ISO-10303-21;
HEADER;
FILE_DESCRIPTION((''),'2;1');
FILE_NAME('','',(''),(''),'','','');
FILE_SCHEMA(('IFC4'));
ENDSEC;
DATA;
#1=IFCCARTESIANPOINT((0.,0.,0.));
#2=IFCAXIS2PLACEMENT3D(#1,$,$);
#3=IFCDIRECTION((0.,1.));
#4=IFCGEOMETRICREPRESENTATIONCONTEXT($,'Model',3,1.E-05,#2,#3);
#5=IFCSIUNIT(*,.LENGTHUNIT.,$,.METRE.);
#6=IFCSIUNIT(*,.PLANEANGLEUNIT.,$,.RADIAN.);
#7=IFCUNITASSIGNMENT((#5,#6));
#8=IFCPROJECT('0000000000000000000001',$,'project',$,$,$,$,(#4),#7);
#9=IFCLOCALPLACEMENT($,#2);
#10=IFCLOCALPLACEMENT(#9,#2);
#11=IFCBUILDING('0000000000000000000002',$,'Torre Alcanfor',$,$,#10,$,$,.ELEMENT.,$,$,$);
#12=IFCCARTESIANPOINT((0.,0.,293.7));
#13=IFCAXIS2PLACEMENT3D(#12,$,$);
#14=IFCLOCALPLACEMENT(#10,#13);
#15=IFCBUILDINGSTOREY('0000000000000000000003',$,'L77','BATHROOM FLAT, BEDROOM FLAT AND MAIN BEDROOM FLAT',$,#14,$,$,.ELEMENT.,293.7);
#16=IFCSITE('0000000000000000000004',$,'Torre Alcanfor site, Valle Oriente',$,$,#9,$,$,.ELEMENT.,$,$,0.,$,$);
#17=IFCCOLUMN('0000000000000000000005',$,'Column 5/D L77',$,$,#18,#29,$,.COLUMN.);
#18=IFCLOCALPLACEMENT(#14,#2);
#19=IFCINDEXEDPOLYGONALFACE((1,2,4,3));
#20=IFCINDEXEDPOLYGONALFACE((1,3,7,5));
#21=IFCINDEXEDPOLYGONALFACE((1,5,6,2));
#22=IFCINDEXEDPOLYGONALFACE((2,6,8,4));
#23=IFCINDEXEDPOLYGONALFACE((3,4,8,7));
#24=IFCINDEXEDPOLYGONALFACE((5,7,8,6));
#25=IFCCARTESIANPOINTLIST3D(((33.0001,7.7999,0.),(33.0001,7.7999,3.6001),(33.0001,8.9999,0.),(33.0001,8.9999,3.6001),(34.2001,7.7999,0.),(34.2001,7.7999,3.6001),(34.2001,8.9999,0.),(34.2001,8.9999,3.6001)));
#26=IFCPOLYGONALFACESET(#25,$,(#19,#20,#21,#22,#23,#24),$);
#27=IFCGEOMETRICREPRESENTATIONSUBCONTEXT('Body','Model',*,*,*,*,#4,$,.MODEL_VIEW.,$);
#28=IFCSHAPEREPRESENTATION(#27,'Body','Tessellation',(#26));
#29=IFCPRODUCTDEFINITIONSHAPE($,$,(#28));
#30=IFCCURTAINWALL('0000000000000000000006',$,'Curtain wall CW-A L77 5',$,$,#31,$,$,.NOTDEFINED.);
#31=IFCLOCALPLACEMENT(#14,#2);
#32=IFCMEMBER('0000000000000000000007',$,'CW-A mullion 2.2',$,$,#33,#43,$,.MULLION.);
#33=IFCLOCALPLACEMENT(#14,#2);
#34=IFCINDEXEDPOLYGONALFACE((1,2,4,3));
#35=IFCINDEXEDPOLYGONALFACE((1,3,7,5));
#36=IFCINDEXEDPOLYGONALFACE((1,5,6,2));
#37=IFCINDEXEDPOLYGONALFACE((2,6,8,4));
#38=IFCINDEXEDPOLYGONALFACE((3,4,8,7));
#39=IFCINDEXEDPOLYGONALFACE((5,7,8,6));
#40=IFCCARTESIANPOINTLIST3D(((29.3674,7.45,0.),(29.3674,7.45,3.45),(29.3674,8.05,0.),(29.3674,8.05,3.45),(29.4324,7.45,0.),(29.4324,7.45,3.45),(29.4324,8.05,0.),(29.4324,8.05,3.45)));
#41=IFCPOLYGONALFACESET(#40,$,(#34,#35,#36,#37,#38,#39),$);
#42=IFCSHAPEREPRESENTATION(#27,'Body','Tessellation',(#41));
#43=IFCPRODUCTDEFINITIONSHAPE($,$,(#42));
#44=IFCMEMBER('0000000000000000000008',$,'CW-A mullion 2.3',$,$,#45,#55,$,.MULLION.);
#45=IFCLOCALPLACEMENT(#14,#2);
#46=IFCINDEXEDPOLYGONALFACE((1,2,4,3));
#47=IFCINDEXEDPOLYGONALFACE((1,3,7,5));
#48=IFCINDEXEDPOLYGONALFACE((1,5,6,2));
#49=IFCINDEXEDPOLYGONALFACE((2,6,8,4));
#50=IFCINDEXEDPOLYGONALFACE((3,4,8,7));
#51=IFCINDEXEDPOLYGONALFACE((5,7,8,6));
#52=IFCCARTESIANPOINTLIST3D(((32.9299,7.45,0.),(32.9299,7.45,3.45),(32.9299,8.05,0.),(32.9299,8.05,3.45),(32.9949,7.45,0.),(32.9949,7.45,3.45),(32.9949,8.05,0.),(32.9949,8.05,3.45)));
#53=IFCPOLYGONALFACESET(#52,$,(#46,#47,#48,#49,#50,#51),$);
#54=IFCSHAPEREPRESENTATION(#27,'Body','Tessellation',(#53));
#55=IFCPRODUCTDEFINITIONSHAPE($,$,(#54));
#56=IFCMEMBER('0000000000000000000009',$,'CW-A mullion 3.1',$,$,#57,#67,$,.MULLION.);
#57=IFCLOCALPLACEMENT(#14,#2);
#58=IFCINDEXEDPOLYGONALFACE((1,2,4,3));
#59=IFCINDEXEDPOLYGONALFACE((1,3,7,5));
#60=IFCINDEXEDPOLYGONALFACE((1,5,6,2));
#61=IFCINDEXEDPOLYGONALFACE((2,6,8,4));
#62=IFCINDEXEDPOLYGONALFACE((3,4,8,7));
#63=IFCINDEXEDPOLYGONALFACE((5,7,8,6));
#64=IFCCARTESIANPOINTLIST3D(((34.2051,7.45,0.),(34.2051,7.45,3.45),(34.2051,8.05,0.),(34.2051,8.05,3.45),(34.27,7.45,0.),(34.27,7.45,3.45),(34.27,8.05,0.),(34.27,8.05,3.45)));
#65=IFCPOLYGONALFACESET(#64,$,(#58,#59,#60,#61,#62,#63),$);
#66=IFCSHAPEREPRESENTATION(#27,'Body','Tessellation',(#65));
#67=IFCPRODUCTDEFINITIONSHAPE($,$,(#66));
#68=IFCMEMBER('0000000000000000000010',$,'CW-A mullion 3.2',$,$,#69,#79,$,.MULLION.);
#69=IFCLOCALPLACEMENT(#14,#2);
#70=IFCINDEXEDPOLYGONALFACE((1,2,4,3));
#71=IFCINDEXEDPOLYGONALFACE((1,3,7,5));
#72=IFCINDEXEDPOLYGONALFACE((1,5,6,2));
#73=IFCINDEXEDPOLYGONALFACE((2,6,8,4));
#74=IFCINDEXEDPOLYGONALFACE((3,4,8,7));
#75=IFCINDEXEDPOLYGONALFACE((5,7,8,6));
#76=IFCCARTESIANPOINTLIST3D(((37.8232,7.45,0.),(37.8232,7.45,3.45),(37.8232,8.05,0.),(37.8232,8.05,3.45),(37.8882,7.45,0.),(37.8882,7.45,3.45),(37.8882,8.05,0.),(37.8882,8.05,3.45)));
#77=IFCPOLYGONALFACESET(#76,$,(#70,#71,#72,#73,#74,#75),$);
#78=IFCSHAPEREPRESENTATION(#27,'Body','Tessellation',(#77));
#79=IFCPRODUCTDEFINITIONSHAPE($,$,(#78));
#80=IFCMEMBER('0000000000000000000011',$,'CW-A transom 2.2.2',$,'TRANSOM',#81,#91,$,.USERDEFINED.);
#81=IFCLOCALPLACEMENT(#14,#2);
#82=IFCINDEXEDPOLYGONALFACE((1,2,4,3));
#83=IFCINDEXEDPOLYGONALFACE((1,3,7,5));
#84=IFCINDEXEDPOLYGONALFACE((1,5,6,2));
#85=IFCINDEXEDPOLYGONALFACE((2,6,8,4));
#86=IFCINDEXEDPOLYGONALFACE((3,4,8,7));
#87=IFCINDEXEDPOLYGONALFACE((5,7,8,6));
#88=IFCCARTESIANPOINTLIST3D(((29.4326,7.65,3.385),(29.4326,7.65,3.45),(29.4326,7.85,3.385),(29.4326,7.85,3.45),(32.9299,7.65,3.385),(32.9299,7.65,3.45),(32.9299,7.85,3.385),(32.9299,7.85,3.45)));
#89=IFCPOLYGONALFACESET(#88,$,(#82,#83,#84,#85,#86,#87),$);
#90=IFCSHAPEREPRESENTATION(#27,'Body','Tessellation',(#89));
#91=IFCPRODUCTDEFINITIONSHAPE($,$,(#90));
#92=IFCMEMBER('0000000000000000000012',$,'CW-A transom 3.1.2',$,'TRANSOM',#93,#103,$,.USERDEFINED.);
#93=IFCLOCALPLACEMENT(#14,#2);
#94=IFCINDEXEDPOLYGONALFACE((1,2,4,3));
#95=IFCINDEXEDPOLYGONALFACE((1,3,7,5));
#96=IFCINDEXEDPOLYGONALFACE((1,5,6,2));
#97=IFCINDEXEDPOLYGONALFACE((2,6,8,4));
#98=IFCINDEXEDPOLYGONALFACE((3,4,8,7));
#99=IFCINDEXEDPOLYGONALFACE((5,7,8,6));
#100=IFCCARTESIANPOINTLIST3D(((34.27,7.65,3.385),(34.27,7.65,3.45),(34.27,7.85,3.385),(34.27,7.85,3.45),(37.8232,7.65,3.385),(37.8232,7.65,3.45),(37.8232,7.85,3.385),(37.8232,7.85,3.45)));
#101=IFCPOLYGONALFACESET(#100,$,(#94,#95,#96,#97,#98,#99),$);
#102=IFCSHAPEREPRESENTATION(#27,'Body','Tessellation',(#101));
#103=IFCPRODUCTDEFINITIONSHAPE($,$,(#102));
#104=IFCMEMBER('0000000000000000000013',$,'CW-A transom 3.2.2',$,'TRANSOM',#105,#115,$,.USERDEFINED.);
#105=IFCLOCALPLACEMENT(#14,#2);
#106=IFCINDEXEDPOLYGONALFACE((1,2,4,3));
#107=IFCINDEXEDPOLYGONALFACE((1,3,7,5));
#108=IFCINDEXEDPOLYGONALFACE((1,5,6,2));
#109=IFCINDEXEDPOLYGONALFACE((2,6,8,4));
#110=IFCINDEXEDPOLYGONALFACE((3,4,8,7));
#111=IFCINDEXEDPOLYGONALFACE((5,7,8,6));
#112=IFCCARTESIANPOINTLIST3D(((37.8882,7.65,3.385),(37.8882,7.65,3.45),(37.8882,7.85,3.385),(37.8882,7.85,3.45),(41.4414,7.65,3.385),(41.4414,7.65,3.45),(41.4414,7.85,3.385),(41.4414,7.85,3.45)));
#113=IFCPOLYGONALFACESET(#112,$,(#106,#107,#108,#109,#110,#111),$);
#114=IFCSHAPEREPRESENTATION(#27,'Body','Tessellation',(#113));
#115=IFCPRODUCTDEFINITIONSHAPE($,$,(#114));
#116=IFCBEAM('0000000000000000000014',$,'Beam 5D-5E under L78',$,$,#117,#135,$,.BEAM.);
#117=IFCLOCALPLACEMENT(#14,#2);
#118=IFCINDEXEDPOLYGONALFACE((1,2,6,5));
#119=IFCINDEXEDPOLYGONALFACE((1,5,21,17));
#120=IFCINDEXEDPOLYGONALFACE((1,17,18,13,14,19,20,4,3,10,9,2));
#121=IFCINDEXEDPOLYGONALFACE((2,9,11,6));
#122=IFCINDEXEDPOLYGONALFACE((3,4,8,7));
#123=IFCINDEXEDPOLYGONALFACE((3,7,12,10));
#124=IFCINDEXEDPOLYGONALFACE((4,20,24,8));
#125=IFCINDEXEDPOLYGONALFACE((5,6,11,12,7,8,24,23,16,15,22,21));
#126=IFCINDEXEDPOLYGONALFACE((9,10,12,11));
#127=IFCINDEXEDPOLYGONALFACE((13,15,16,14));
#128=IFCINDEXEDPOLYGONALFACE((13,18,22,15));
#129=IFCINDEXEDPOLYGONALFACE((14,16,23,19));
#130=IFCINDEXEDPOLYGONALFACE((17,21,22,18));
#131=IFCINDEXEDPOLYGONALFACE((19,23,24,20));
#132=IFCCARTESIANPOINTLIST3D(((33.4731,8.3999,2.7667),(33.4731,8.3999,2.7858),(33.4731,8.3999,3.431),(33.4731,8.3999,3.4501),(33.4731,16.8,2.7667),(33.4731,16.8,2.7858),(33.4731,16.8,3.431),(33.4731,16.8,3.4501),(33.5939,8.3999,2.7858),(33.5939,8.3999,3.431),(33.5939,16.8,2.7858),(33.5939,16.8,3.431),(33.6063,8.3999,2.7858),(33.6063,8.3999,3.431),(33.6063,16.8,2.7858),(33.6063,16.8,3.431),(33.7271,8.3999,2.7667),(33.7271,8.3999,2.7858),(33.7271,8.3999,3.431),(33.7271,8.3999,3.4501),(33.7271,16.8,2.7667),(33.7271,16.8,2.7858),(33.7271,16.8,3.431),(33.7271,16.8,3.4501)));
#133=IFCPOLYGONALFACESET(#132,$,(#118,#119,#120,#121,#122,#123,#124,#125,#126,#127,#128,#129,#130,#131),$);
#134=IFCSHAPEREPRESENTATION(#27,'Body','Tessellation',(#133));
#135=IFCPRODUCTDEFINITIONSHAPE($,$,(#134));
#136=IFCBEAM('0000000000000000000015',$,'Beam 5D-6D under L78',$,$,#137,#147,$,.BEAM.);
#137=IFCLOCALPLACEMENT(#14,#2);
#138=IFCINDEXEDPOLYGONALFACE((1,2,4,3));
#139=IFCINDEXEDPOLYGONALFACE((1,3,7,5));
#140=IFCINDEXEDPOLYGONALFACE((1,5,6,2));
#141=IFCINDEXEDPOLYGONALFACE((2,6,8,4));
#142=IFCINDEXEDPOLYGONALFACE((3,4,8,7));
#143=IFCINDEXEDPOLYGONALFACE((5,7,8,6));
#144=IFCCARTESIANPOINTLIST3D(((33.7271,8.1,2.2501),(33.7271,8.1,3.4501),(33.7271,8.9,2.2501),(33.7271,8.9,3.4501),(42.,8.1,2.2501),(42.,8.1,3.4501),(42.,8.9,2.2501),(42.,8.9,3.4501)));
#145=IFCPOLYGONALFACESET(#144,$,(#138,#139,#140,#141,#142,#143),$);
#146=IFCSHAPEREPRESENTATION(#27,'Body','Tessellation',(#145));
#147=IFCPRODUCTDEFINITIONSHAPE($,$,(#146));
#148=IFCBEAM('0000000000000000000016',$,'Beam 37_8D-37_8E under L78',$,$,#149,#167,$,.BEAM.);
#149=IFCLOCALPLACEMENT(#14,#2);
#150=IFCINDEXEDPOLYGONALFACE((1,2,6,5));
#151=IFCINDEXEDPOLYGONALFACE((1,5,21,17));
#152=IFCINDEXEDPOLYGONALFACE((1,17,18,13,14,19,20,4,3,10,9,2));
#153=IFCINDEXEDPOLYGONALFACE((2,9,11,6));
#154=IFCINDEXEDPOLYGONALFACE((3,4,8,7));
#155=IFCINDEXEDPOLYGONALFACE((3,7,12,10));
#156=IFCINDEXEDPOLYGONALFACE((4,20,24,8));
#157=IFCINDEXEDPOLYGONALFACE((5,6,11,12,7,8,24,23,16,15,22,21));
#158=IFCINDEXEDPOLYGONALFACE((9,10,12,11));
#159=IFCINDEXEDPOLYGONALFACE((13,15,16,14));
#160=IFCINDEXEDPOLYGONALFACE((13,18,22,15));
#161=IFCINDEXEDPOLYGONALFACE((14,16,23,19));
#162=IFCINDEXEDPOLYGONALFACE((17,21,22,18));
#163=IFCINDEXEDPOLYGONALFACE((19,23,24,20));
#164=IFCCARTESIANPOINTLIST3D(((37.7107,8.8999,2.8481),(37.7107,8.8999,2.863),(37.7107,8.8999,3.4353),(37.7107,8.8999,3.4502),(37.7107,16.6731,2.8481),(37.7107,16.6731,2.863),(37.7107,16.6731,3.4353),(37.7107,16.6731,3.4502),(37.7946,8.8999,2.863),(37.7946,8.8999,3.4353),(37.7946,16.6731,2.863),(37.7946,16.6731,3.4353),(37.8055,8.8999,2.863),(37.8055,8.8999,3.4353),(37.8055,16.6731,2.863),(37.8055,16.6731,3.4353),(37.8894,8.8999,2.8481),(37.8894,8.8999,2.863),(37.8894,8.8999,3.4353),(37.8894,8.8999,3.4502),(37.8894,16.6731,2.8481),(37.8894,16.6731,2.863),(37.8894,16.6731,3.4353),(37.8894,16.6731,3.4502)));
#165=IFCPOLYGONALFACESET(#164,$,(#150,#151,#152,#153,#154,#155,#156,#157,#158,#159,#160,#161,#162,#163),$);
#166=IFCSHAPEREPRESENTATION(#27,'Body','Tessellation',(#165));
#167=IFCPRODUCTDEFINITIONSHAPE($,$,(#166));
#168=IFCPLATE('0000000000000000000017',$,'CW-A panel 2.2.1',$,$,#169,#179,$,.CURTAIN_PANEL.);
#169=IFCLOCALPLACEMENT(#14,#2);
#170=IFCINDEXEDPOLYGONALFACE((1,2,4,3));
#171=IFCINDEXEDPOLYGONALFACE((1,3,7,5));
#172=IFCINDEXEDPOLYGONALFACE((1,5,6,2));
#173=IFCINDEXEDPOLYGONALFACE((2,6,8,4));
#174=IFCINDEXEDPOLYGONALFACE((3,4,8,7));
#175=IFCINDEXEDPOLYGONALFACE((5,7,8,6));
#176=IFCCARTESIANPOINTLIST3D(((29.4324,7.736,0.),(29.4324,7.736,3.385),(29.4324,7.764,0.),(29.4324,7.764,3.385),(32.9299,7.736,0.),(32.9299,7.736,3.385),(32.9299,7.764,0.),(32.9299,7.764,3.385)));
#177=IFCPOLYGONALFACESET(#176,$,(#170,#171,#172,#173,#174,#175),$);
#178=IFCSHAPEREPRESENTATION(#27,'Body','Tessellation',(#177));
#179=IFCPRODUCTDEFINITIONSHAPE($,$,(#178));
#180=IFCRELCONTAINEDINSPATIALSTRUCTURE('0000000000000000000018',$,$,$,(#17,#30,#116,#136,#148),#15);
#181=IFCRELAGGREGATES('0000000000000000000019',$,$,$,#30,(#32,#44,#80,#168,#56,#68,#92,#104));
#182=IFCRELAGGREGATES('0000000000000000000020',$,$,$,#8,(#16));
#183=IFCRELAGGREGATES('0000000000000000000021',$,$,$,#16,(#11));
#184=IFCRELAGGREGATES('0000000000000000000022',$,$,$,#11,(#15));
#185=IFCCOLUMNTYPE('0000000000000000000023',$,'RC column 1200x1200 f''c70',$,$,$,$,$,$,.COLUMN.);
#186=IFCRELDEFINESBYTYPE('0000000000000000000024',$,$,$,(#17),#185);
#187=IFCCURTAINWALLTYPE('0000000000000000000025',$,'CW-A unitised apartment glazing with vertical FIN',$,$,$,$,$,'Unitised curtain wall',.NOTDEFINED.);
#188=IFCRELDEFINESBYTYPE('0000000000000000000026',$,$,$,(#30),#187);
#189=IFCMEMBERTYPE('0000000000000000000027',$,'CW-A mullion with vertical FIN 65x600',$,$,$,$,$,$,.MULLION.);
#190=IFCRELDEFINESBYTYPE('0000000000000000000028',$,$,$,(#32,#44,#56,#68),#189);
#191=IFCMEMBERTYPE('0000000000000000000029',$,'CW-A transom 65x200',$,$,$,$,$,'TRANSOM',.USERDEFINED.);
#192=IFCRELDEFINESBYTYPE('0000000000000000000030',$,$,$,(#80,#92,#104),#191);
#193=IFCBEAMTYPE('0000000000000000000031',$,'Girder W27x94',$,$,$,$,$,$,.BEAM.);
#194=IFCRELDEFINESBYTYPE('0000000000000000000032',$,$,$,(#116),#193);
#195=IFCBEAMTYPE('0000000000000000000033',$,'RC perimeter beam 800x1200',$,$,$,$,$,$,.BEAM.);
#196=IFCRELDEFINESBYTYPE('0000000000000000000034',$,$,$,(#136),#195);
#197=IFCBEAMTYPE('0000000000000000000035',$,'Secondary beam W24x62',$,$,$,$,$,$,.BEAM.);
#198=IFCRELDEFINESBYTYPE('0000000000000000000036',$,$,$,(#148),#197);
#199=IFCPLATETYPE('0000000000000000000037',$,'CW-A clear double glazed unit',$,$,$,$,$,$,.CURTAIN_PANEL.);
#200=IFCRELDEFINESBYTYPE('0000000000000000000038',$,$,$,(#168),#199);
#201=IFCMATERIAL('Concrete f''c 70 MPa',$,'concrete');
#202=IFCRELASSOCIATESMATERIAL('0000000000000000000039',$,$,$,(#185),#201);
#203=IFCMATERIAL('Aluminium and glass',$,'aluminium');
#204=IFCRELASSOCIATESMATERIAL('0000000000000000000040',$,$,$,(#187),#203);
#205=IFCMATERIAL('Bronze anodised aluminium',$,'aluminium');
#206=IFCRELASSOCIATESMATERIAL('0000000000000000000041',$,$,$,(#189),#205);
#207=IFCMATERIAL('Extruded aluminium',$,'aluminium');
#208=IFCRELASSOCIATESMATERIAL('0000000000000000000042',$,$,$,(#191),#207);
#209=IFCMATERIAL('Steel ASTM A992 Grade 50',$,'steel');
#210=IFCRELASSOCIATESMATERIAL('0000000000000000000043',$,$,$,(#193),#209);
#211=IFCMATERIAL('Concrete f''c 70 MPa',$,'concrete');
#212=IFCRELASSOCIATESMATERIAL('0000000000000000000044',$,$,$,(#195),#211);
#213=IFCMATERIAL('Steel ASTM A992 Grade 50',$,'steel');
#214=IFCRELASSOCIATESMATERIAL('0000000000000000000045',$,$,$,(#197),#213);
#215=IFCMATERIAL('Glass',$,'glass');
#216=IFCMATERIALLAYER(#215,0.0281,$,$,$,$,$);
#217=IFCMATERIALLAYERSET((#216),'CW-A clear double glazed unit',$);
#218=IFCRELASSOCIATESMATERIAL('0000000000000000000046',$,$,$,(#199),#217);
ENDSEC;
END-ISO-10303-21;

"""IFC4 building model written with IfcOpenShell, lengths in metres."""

from ifc_helpers import new_model, si_unit, direction, frame, origin, origin_2d, place, context, subcontext, project, spatial, rectangle, i_section, extrude, material, layer, layer_set, material_profile, profile_set, type_object, element, aggregate, save


model = new_model("IFC4")

# Units and contexts
model_context = context("Model", 3, precision=1e-05, world=origin(), true_north=direction((0.0, 1.0)))
body_context = subcontext(model_context, "Body", "Model", "MODEL_VIEW")
ifc_project = project(units=[si_unit("LENGTHUNIT", "METRE"), si_unit("PLANEANGLEUNIT", "RADIAN")], contexts=[model_context])

# Site, building, storey
site_placement = place(None, origin())
site = spatial("IfcSite", under=ifc_project, at=site_placement, Name="Torre Alcanfor site, Valle Oriente", CompositionType="ELEMENT", RefElevation=0.0)
building_placement = place(site_placement, origin())
building = spatial("IfcBuilding", under=site, at=building_placement, Name="Torre Alcanfor", CompositionType="ELEMENT")
storey_placement = place(building_placement, frame((0.0, 0.0, 293.7)))
storey = spatial("IfcBuildingStorey", under=building, at=storey_placement, Name="L77", Description="BATHROOM FLAT, BEDROOM FLAT AND MAIN BEDROOM FLAT", CompositionType="ELEMENT", Elevation=293.7)

# Column
ifc_material_1 = material(Name="Concrete f'c 70 MPa", Category="concrete")
ifc_material_profile_1 = material_profile(ifc_material_1, rectangle(XDim=1.2, YDim=1.2, at=origin_2d()), Name="1200x1200")
ifc_profile_set_1 = profile_set([ifc_material_profile_1], Name="Concrete f'c 70 MPa")
column_type = type_object("IfcColumnType", Name="RC column 1200x1200 f'c70", PredefinedType="COLUMN", material=ifc_profile_set_1)
column_placement = place(storey_placement, frame((33.6001, 8.3999, 0.0), z_axis=(0.0, 0.0, 1.0), x_axis=(1.0, 0.0, 0.0)))
element("IfcColumn", 1, at=column_placement, inside=storey, type_object=column_type, Name="Column 5/D L77", PredefinedType="COLUMN", context=body_context, shape_type="SweptSolid", body=[
    extrude(rectangle(XDim=1.2, YDim=1.2, at=origin_2d()), origin(), (0.0, 0.0, 1.0), 3.6001),
])

# Curtain wall, members
ifc_material_2 = material(Name="Aluminium and glass", Category="aluminium")
curtain_wall_type = type_object("IfcCurtainWallType", Name="CW-A unitised apartment glazing with vertical FIN", ElementType="Unitised curtain wall", PredefinedType="NOTDEFINED", material=ifc_material_2)
curtain_wall_placement = place(storey_placement, origin())
curtain_wall = element("IfcCurtainWall", 2, at=curtain_wall_placement, inside=storey, type_object=curtain_wall_type, Name="Curtain wall CW-A L77 5", PredefinedType="NOTDEFINED")
ifc_material_3 = material(Name="Bronze anodised aluminium", Category="aluminium")
ifc_material_profile_2 = material_profile(ifc_material_3, rectangle(XDim=0.6001, YDim=0.0649, at=origin_2d()), Name="CW-A mullion 65x600")
ifc_profile_set_2 = profile_set([ifc_material_profile_2], Name="Bronze anodised aluminium")
member_type_1 = type_object("IfcMemberType", Name="CW-A mullion with vertical FIN 65x600", PredefinedType="MULLION", material=ifc_profile_set_2)
member_1_placement = place(storey_placement, frame((29.3999, 7.75, 0.0), z_axis=(0.0, 0.0, 1.0), x_axis=(0.0, 1.0, 0.0)))
member_1 = element("IfcMember", 3, at=member_1_placement, type_object=member_type_1, Name="CW-A mullion 2.2", PredefinedType="MULLION", context=body_context, shape_type="SweptSolid", body=[
    extrude(rectangle(XDim=0.6001, YDim=0.0649, at=origin_2d()), origin(), (0.0, 0.0, 1.0), 3.45),
])
member_2_placement = place(storey_placement, frame((32.9624, 7.75, 0.0), z_axis=(0.0, 0.0, 1.0), x_axis=(0.0, 1.0, 0.0)))
member_2 = element("IfcMember", 4, at=member_2_placement, type_object=member_type_1, Name="CW-A mullion 2.3", PredefinedType="MULLION", context=body_context, shape_type="SweptSolid", body=[
    extrude(rectangle(XDim=0.6001, YDim=0.0649, at=origin_2d()), origin(), (0.0, 0.0, 1.0), 3.45),
])
member_3_placement = place(storey_placement, frame((34.2375, 7.75, 0.0), z_axis=(0.0, 0.0, 1.0), x_axis=(0.0, 1.0, 0.0)))
member_3 = element("IfcMember", 5, at=member_3_placement, type_object=member_type_1, Name="CW-A mullion 3.1", PredefinedType="MULLION", context=body_context, shape_type="SweptSolid", body=[
    extrude(rectangle(XDim=0.6001, YDim=0.0649, at=origin_2d()), origin(), (0.0, 0.0, 1.0), 3.45),
])
member_4_placement = place(storey_placement, frame((37.8557, 7.75, 0.0), z_axis=(0.0, 0.0, 1.0), x_axis=(0.0, 1.0, 0.0)))
member_4 = element("IfcMember", 6, at=member_4_placement, type_object=member_type_1, Name="CW-A mullion 3.2", PredefinedType="MULLION", context=body_context, shape_type="SweptSolid", body=[
    extrude(rectangle(XDim=0.6001, YDim=0.0649, at=origin_2d()), origin(), (0.0, 0.0, 1.0), 3.45),
])
ifc_material_4 = material(Name="Extruded aluminium", Category="aluminium")
ifc_material_profile_3 = material_profile(ifc_material_4, rectangle(XDim=0.2, YDim=0.0649, at=origin_2d()), Name="CW-A transom 200x65")
ifc_profile_set_3 = profile_set([ifc_material_profile_3], Name="Extruded aluminium")
member_type_2 = type_object("IfcMemberType", Name="CW-A transom 65x200", ElementType="TRANSOM", PredefinedType="USERDEFINED", material=ifc_profile_set_3)
member_5_placement = place(storey_placement, frame((29.4326, 7.75, 3.4175), z_axis=(1.0, 0.0, 0.0), x_axis=(0.0, 1.0, 0.0)))
member_5 = element("IfcMember", 7, at=member_5_placement, type_object=member_type_2, Name="CW-A transom 2.2.2", ObjectType="TRANSOM", PredefinedType="USERDEFINED", context=body_context, shape_type="SweptSolid", body=[
    extrude(rectangle(XDim=0.2, YDim=0.0649, at=origin_2d()), origin(), (0.0, 0.0, 1.0), 3.4973),
])
member_6_placement = place(storey_placement, frame((34.27, 7.75, 3.4175), z_axis=(1.0, 0.0, 0.0), x_axis=(0.0, 1.0, 0.0)))
member_6 = element("IfcMember", 8, at=member_6_placement, type_object=member_type_2, Name="CW-A transom 3.1.2", ObjectType="TRANSOM", PredefinedType="USERDEFINED", context=body_context, shape_type="SweptSolid", body=[
    extrude(rectangle(XDim=0.2, YDim=0.0649, at=origin_2d()), origin(), (0.0, 0.0, 1.0), 3.5532),
])
member_7_placement = place(storey_placement, frame((37.8882, 7.75, 3.4175), z_axis=(1.0, 0.0, 0.0), x_axis=(0.0, 1.0, 0.0)))
member_7 = element("IfcMember", 9, at=member_7_placement, type_object=member_type_2, Name="CW-A transom 3.2.2", ObjectType="TRANSOM", PredefinedType="USERDEFINED", context=body_context, shape_type="SweptSolid", body=[
    extrude(rectangle(XDim=0.2, YDim=0.0649, at=origin_2d()), origin(), (0.0, 0.0, 1.0), 3.5532),
])

# Beams
ifc_material_5 = material(Name="Steel ASTM A992 Grade 50", Category="steel")
ifc_material_profile_4 = material_profile(ifc_material_5, i_section(OverallWidth=0.2539, OverallDepth=0.6833, WebThickness=0.0125, FlangeThickness=0.019, at=origin_2d()), Name="W27x94")
ifc_profile_set_4 = profile_set([ifc_material_profile_4], Name="Steel ASTM A992 Grade 50")
beam_type_1 = type_object("IfcBeamType", Name="Girder W27x94", PredefinedType="BEAM", material=ifc_profile_set_4)
beam_1_placement = place(storey_placement, frame((33.6001, 8.3999, 3.1084), z_axis=(0.0, 1.0, 0.0), x_axis=(-1.0, 0.0, 0.0)))
element("IfcBeam", 10, at=beam_1_placement, inside=storey, type_object=beam_type_1, Name="Beam 5D-5E under L78", PredefinedType="BEAM", context=body_context, shape_type="SweptSolid", body=[
    extrude(i_section(OverallWidth=0.2539, OverallDepth=0.6833, WebThickness=0.0125, FlangeThickness=0.019, at=origin_2d()), origin(), (0.0, 0.0, 1.0), 8.4001),
])
ifc_material_6 = material(Name="Concrete f'c 70 MPa", Category="concrete")
ifc_material_profile_5 = material_profile(ifc_material_6, rectangle(XDim=0.8, YDim=1.2, at=origin_2d()), Name="800x1200")
ifc_profile_set_5 = profile_set([ifc_material_profile_5], Name="Concrete f'c 70 MPa")
beam_type_2 = type_object("IfcBeamType", Name="RC perimeter beam 800x1200", PredefinedType="BEAM", material=ifc_profile_set_5)
beam_2_placement = place(storey_placement, frame((33.7271, 8.5, 2.8501), z_axis=(1.0, 0.0, 0.0), x_axis=(0.0, 1.0, 0.0)))
element("IfcBeam", 11, at=beam_2_placement, inside=storey, type_object=beam_type_2, Name="Beam 5D-6D under L78", PredefinedType="BEAM", context=body_context, shape_type="SweptSolid", body=[
    extrude(rectangle(XDim=0.8, YDim=1.2, at=origin_2d()), origin(), (0.0, 0.0, 1.0), 8.2729),
])
ifc_material_7 = material(Name="Steel ASTM A992 Grade 50", Category="steel")
ifc_material_profile_6 = material_profile(ifc_material_7, i_section(OverallWidth=0.1787, OverallDepth=0.6021, WebThickness=0.011, FlangeThickness=0.0149, at=origin_2d()), Name="W24x62")
ifc_profile_set_6 = profile_set([ifc_material_profile_6], Name="Steel ASTM A992 Grade 50")
beam_type_3 = type_object("IfcBeamType", Name="Secondary beam W24x62", PredefinedType="BEAM", material=ifc_profile_set_6)
beam_3_placement = place(storey_placement, frame((37.8, 8.8999, 3.1492), z_axis=(0.0, 1.0, 0.0), x_axis=(-1.0, 0.0, 0.0)))
element("IfcBeam", 12, at=beam_3_placement, inside=storey, type_object=beam_type_3, Name="Beam 37_8D-37_8E under L78", PredefinedType="BEAM", context=body_context, shape_type="SweptSolid", body=[
    extrude(i_section(OverallWidth=0.1787, OverallDepth=0.6021, WebThickness=0.011, FlangeThickness=0.0149, at=origin_2d()), origin(), (0.0, 0.0, 1.0), 7.7732),
])

# Plate
ifc_material_8 = material(Name="Glass", Category="glass")
ifc_layer_1 = layer(ifc_material_8, 0.0281)
ifc_layer_set_1 = layer_set([ifc_layer_1], Name="CW-A clear double glazed unit")
plate_type = type_object("IfcPlateType", Name="CW-A clear double glazed unit", PredefinedType="CURTAIN_PANEL", material=ifc_layer_set_1)
plate_1_placement = place(storey_placement, frame((31.1812, 7.75, 0.0), z_axis=(0.0, 0.0, 1.0), x_axis=(1.0, 0.0, 0.0)))
plate_1 = element("IfcPlate", 13, at=plate_1_placement, type_object=plate_type, Name="CW-A panel 2.2.1", PredefinedType="CURTAIN_PANEL", context=body_context, shape_type="SweptSolid", body=[
    extrude(rectangle(XDim=3.4976, YDim=0.0281, at=origin_2d()), origin(), (0.0, 0.0, 1.0), 3.385),
])
aggregate(curtain_wall, [member_1, member_2, member_5, plate_1, member_3, member_4, member_6, member_7])

save(model, "model.ifc")
